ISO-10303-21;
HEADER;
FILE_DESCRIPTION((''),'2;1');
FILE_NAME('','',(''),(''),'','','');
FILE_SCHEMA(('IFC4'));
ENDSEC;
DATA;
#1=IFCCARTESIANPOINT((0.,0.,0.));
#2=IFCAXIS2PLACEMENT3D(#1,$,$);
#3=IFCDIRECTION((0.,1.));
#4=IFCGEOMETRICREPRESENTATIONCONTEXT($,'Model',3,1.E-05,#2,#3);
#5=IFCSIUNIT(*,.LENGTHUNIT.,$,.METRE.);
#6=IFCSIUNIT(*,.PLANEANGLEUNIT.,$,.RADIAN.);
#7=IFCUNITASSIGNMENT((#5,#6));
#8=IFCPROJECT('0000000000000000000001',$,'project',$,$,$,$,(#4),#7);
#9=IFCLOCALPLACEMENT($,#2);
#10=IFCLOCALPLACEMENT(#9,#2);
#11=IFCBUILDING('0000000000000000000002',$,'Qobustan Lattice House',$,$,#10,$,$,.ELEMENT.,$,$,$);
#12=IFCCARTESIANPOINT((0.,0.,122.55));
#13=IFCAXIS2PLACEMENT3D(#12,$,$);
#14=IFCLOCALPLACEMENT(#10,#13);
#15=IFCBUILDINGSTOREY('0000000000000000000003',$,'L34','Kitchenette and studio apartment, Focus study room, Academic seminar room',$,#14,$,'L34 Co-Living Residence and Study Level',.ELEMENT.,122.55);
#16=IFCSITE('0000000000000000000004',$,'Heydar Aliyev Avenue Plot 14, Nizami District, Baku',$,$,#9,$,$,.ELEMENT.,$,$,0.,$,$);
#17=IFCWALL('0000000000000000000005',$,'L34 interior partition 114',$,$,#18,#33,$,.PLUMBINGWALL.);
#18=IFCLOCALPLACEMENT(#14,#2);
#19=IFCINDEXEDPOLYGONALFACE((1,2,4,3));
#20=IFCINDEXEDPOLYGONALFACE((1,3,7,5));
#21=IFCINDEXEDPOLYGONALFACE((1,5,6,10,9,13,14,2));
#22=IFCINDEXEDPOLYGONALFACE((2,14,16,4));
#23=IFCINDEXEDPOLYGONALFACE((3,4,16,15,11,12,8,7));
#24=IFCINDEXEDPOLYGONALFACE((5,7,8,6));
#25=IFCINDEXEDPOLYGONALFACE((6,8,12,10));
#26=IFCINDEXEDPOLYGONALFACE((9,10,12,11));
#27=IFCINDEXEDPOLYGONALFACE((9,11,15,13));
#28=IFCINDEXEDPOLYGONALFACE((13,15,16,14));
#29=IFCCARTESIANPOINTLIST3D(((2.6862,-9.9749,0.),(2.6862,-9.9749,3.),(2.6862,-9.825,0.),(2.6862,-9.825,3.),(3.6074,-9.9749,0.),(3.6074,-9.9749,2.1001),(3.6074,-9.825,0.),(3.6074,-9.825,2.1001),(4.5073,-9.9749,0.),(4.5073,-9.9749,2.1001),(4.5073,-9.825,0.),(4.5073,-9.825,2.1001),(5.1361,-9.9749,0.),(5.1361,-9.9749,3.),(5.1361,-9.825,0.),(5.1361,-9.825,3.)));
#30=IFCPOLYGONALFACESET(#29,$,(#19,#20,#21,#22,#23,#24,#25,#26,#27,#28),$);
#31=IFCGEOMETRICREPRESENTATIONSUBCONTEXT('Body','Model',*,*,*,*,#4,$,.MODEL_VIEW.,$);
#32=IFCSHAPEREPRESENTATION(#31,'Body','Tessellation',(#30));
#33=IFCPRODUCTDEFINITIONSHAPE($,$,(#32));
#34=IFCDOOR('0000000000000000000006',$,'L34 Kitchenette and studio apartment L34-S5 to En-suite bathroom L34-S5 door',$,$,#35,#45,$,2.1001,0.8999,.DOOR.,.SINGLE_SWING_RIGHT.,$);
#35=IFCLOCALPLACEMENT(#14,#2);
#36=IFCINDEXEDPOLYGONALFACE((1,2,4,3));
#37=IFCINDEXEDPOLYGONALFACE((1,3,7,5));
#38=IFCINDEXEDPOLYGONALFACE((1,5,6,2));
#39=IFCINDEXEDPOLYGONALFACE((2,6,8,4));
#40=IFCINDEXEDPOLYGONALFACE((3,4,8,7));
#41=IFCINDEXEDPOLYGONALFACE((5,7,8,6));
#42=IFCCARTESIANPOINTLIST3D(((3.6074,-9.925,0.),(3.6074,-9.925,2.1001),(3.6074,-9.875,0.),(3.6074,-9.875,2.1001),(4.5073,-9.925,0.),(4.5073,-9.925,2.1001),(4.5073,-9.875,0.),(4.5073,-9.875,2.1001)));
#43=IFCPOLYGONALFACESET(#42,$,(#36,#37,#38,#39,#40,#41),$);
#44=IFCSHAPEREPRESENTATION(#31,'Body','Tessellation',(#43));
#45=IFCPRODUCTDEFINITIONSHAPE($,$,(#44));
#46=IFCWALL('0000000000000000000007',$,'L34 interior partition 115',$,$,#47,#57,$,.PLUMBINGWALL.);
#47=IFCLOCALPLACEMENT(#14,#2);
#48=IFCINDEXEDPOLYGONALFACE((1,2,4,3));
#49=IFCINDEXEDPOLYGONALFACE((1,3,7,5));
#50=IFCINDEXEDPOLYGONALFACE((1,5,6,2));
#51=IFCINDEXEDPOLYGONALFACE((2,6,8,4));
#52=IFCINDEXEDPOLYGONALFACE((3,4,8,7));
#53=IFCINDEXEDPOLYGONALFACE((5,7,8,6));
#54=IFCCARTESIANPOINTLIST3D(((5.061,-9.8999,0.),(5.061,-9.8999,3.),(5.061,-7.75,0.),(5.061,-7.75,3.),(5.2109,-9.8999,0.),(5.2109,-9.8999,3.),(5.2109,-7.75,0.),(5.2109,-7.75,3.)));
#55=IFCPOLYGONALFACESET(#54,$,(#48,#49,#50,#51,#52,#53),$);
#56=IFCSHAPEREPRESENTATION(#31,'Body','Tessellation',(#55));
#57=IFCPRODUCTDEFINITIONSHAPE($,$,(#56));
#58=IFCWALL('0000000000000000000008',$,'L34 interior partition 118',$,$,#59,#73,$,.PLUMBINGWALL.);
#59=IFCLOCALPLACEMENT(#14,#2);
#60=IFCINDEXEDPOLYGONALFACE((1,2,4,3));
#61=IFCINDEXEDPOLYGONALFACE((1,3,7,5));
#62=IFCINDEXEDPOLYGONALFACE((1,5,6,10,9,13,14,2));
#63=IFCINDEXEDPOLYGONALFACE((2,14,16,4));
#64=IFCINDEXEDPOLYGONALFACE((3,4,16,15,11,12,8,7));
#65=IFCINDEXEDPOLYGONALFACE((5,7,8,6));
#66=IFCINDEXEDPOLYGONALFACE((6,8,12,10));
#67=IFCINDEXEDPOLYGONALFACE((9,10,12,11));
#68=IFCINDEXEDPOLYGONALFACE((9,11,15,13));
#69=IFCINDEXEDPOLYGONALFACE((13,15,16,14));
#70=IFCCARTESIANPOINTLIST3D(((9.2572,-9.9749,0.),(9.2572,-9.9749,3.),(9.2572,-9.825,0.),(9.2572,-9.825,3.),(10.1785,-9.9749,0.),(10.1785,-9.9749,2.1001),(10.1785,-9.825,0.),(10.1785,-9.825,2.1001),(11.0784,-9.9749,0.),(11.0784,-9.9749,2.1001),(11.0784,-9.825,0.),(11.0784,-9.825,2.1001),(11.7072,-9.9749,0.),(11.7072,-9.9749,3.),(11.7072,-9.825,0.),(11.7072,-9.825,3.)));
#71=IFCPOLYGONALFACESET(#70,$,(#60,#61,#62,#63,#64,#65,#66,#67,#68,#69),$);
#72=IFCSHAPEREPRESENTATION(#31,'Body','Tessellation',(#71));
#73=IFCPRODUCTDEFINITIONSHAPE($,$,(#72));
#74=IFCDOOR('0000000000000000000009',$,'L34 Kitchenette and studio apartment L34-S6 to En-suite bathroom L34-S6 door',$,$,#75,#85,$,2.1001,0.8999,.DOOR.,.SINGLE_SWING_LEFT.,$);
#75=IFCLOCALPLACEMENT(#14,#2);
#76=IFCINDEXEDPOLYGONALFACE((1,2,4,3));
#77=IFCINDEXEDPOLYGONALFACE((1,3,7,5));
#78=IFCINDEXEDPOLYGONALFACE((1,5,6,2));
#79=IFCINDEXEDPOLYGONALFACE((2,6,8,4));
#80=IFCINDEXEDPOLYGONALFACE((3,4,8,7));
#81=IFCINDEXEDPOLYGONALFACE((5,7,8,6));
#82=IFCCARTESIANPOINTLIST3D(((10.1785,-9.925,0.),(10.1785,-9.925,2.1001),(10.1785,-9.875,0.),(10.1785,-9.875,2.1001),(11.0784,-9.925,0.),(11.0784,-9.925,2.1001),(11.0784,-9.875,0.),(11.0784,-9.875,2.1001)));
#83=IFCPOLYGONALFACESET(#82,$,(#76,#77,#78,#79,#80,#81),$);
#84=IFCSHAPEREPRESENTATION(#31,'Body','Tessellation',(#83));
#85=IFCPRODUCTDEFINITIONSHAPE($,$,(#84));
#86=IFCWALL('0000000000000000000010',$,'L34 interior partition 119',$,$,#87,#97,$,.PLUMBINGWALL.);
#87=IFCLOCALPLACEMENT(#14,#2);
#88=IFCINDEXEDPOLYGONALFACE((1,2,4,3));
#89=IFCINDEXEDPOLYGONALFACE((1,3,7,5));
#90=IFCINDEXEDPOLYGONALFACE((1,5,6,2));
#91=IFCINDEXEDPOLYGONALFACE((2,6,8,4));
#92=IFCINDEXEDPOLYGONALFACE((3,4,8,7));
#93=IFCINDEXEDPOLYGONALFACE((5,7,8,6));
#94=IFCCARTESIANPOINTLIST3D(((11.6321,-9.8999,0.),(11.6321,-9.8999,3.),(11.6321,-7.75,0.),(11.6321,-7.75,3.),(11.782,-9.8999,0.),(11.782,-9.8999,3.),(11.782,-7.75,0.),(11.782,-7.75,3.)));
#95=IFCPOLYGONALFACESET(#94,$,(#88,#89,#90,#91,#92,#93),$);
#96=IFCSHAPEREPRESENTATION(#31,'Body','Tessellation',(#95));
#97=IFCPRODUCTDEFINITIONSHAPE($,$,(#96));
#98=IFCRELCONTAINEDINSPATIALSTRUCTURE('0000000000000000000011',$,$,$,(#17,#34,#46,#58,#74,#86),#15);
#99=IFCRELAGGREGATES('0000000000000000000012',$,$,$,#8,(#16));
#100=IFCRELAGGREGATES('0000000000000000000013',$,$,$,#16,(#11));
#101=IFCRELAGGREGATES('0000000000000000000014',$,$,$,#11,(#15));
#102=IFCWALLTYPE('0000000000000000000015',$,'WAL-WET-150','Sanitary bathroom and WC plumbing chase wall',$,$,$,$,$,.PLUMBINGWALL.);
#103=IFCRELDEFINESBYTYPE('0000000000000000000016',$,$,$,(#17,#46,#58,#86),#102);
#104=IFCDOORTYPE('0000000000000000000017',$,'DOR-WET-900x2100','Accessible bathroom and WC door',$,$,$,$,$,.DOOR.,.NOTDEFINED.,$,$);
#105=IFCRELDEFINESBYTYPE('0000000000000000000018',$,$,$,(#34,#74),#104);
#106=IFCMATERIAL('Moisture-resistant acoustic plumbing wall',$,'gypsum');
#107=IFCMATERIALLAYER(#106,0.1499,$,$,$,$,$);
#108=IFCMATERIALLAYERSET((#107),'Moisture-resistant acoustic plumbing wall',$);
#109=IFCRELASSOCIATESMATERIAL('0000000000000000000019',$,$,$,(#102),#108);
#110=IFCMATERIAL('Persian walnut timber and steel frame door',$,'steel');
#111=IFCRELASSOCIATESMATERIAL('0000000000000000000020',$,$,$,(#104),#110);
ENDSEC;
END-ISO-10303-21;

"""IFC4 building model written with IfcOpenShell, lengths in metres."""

from ifc_helpers import new_model, si_unit, direction, frame, frame_2d, origin, place, context, subcontext, project, spatial, rectangle, extrude, material, layer, layer_set, type_object, element, fill, save


model = new_model("IFC4")

# Units and contexts
model_context = context("Model", 3, precision=1e-05, world=origin(), true_north=direction((0.0, 1.0)))
body_context = subcontext(model_context, "Body", "Model", "MODEL_VIEW")
ifc_project = project(units=[si_unit("LENGTHUNIT", "METRE"), si_unit("PLANEANGLEUNIT", "RADIAN")], contexts=[model_context])

# Site, building, storey
site_placement = place(None, origin())
site = spatial("IfcSite", under=ifc_project, at=site_placement, Name="Heydar Aliyev Avenue Plot 14, Nizami District, Baku", CompositionType="ELEMENT", RefElevation=0.0)
building_placement = place(site_placement, origin())
building = spatial("IfcBuilding", under=site, at=building_placement, Name="Qobustan Lattice House", CompositionType="ELEMENT")
storey_placement = place(building_placement, frame((0.0, 0.0, 122.55)))
storey = spatial("IfcBuildingStorey", under=building, at=storey_placement, Name="L34", Description="Kitchenette and studio apartment, Focus study room, Academic seminar room", LongName="L34 Co-Living Residence and Study Level", CompositionType="ELEMENT", Elevation=122.55)

# Shared definitions
ifc_material_1 = material(Name="Moisture-resistant acoustic plumbing wall", Category="gypsum")
ifc_layer_1 = layer(ifc_material_1, 0.1499)
ifc_layer_set_1 = layer_set([ifc_layer_1], Name="Moisture-resistant acoustic plumbing wall")
wall_type_1 = type_object("IfcWallType", Name="WAL-WET-150", Description="Sanitary bathroom and WC plumbing chase wall", PredefinedType="PLUMBINGWALL", material=ifc_layer_set_1)

# Wall, opening, door
wall_1_placement = place(storey_placement, frame((2.686, -9.8999, 0.0), z_axis=(0.0, 0.0, 1.0), x_axis=(1.0, 0.0, 0.0)))
wall_1 = element("IfcWall", 1, at=wall_1_placement, inside=storey, type_object=wall_type_1, Name="L34 interior partition 114", PredefinedType="PLUMBINGWALL", context=body_context, shape_type="SweptSolid", body=[
    extrude(rectangle(XDim=2.45, YDim=0.1499, at=frame_2d((1.2251, 0.0))), origin(), (0.0, 0.0, 1.0), 3.0),
])
opening_1_placement = place(wall_1_placement, frame((0.9214, 0.0, 0.0)))
opening_1 = element("IfcOpeningElement", 2, at=opening_1_placement, cuts=wall_1, PredefinedType="OPENING", context=body_context, shape_type="SweptSolid", body=[
    extrude(rectangle(XDim=0.8999, YDim=2.1001, at=frame_2d((0.45, 1.05))), frame((0.0, 0.085, 0.0), z_axis=(0.0, -1.0, 0.0), x_axis=(1.0, 0.0, 0.0)), (0.0, 0.0, 1.0), 0.1699),
])
ifc_material_2 = material(Name="Persian walnut timber and steel frame door", Category="steel")
door_type_1 = type_object("IfcDoorType", Name="DOR-WET-900x2100", Description="Accessible bathroom and WC door", OperationType="NOTDEFINED", PredefinedType="DOOR", material=ifc_material_2)
door_1_placement = place(opening_1_placement, origin())
door_1 = element("IfcDoor", 3, at=door_1_placement, inside=storey, type_object=door_type_1, Name="L34 Kitchenette and studio apartment L34-S5 to En-suite bathroom L34-S5 door", OperationType="SINGLE_SWING_RIGHT", OverallHeight=2.1001, OverallWidth=0.8999, PredefinedType="DOOR", context=body_context, shape_type="SweptSolid", body=[
    extrude(rectangle(XDim=0.8999, YDim=2.1001, at=frame_2d((0.45, 1.05))), frame((0.0, 0.0249, 0.0), z_axis=(0.0, -1.0, 0.0), x_axis=(1.0, 0.0, 0.0)), (0.0, 0.0, 1.0), 0.05),
])
fill(opening_1, door_1)

# Wall
wall_2_placement = place(storey_placement, frame((5.136, -9.8999, 0.0), z_axis=(0.0, 0.0, 1.0), x_axis=(0.0, 1.0, 0.0)))
element("IfcWall", 4, at=wall_2_placement, inside=storey, type_object=wall_type_1, Name="L34 interior partition 115", PredefinedType="PLUMBINGWALL", context=body_context, shape_type="SweptSolid", body=[
    extrude(rectangle(XDim=2.1499, YDim=0.1499, at=frame_2d((1.075, 0.0))), origin(), (0.0, 0.0, 1.0), 3.0),
])

# Wall, opening, door
wall_3_placement = place(storey_placement, frame((9.2571, -9.8999, 0.0), z_axis=(0.0, 0.0, 1.0), x_axis=(1.0, 0.0, 0.0)))
wall_3 = element("IfcWall", 5, at=wall_3_placement, inside=storey, type_object=wall_type_1, Name="L34 interior partition 118", PredefinedType="PLUMBINGWALL", context=body_context, shape_type="SweptSolid", body=[
    extrude(rectangle(XDim=2.45, YDim=0.1499, at=frame_2d((1.2251, 0.0))), origin(), (0.0, 0.0, 1.0), 3.0),
])
opening_2_placement = place(wall_3_placement, frame((0.9214, 0.0, 0.0)))
opening_2 = element("IfcOpeningElement", 6, at=opening_2_placement, cuts=wall_3, PredefinedType="OPENING", context=body_context, shape_type="SweptSolid", body=[
    extrude(rectangle(XDim=0.8999, YDim=2.1001, at=frame_2d((0.45, 1.05))), frame((0.0, 0.085, 0.0), z_axis=(0.0, -1.0, 0.0), x_axis=(1.0, 0.0, 0.0)), (0.0, 0.0, 1.0), 0.1699),
])
door_2_placement = place(opening_2_placement, origin())
door_2 = element("IfcDoor", 7, at=door_2_placement, inside=storey, type_object=door_type_1, Name="L34 Kitchenette and studio apartment L34-S6 to En-suite bathroom L34-S6 door", OperationType="SINGLE_SWING_LEFT", OverallHeight=2.1001, OverallWidth=0.8999, PredefinedType="DOOR", context=body_context, shape_type="SweptSolid", body=[
    extrude(rectangle(XDim=0.8999, YDim=2.1001, at=frame_2d((0.45, 1.05))), frame((0.0, 0.0249, 0.0), z_axis=(0.0, -1.0, 0.0), x_axis=(1.0, 0.0, 0.0)), (0.0, 0.0, 1.0), 0.05),
])
fill(opening_2, door_2)

# Wall
wall_4_placement = place(storey_placement, frame((11.707, -9.8999, 0.0), z_axis=(0.0, 0.0, 1.0), x_axis=(0.0, 1.0, 0.0)))
element("IfcWall", 8, at=wall_4_placement, inside=storey, type_object=wall_type_1, Name="L34 interior partition 119", PredefinedType="PLUMBINGWALL", context=body_context, shape_type="SweptSolid", body=[
    extrude(rectangle(XDim=2.1499, YDim=0.1499, at=frame_2d((1.075, 0.0))), origin(), (0.0, 0.0, 1.0), 3.0),
])

save(model, "model.ifc")
